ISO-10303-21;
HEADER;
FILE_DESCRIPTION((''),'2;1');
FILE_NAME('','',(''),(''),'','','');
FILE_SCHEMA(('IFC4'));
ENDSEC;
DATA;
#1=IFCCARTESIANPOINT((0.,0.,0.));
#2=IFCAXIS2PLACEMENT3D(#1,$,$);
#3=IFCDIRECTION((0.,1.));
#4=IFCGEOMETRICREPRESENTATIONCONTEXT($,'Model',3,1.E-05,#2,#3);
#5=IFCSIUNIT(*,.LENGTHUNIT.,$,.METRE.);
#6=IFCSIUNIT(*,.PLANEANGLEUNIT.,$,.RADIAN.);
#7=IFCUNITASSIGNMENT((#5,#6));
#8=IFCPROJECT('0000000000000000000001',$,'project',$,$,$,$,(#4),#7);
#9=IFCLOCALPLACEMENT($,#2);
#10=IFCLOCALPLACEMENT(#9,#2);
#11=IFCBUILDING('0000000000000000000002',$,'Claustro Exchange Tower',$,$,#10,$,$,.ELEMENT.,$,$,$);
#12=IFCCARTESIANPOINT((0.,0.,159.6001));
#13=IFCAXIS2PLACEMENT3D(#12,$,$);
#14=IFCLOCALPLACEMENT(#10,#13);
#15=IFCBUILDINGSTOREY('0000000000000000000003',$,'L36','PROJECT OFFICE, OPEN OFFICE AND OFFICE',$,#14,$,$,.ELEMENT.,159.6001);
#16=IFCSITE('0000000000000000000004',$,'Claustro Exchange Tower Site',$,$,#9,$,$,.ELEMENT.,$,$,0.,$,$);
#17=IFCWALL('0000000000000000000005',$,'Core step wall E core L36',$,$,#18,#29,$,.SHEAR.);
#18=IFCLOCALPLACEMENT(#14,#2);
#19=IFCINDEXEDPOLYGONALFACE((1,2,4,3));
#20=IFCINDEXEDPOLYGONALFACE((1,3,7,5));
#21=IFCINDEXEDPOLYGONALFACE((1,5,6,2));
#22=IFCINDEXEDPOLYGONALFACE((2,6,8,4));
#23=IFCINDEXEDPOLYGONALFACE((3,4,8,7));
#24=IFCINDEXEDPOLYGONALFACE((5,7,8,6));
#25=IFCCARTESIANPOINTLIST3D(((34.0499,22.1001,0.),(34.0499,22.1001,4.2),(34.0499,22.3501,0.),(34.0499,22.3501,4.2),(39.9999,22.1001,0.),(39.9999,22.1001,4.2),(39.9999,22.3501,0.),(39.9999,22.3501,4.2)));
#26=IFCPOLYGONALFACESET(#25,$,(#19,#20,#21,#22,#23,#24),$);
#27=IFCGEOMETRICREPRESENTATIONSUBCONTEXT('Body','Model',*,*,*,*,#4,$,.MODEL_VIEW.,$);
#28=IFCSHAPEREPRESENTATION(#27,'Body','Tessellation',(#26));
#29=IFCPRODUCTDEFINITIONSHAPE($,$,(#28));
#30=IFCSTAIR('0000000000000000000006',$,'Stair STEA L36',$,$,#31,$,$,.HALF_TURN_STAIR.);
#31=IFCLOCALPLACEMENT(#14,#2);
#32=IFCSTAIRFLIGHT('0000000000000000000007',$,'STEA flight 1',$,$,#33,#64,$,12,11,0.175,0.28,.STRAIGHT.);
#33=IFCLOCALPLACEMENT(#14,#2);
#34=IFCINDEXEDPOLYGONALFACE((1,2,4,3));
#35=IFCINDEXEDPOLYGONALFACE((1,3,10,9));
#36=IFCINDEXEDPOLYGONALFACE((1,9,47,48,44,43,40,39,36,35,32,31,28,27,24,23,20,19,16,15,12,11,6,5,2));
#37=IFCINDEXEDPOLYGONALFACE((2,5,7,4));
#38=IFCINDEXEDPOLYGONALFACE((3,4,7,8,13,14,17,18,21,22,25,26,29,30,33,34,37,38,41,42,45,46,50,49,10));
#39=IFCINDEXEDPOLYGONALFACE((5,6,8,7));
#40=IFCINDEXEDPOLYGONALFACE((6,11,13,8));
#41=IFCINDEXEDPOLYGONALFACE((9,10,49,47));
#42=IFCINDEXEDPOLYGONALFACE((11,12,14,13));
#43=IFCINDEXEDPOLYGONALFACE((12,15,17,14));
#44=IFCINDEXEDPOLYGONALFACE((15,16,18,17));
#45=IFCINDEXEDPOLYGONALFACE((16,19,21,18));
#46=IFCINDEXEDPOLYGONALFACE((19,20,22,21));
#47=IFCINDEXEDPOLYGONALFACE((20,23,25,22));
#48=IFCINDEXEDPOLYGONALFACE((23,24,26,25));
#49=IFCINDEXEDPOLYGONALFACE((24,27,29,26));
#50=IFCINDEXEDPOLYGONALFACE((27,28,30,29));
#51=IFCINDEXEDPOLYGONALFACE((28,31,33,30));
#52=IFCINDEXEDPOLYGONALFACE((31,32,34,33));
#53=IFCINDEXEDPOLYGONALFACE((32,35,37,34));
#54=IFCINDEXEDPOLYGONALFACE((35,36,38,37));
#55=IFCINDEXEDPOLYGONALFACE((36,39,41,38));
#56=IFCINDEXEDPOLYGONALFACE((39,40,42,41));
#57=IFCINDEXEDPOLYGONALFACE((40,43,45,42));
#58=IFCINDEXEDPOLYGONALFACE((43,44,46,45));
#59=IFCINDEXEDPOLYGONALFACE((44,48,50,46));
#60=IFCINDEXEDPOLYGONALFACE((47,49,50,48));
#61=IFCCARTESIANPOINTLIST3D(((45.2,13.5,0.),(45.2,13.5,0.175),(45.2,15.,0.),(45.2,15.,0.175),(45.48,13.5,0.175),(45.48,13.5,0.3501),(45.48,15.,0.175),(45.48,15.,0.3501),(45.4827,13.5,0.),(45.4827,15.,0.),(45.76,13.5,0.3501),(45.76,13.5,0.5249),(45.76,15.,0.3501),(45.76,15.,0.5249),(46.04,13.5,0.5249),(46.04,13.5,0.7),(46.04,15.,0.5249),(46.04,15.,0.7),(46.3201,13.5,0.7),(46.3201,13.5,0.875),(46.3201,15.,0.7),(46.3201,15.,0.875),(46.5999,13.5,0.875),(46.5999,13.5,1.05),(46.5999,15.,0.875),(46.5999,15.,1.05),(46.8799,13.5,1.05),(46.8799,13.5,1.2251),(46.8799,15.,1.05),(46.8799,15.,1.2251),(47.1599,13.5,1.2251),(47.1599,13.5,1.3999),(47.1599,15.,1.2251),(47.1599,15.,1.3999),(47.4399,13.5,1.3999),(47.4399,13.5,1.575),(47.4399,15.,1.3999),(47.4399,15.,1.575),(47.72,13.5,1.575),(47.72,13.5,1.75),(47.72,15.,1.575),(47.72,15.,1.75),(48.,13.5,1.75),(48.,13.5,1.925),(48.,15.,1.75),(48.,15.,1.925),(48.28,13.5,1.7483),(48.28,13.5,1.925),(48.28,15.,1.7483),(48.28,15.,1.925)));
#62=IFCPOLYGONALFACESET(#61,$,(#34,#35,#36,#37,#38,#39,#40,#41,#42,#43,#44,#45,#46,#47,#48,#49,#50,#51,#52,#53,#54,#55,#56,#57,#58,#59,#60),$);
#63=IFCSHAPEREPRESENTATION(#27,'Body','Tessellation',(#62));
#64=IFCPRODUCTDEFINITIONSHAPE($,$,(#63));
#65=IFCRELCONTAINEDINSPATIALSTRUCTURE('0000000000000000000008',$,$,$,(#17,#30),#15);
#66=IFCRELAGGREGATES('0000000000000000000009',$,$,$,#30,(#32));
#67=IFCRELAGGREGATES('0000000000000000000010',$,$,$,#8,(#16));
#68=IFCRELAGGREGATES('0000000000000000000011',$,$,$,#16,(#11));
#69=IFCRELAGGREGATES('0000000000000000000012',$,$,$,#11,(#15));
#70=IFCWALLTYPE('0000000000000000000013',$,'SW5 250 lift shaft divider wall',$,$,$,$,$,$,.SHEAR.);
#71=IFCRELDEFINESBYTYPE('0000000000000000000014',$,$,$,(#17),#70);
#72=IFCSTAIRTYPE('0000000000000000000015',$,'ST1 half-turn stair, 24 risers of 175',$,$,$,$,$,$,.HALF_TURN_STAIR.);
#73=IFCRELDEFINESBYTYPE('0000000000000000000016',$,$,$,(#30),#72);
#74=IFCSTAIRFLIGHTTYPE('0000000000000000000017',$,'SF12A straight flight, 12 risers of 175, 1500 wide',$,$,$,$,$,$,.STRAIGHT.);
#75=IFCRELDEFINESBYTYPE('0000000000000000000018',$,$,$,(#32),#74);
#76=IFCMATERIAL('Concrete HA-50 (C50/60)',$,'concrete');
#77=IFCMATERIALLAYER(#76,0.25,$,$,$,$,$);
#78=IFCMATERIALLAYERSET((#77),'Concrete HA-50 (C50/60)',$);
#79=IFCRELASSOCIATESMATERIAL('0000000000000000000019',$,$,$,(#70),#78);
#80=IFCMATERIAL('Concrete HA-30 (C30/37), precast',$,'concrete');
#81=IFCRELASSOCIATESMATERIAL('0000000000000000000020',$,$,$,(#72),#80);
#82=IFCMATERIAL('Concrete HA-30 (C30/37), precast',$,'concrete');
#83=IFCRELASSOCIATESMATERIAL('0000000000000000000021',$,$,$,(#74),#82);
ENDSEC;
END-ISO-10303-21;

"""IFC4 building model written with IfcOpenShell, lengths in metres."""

from ifc_helpers import new_model, si_unit, direction, frame, frame_2d, origin, place, context, subcontext, project, spatial, polyline, rectangle, outline, extrude, material, layer, layer_set, type_object, element, aggregate, save


model = new_model("IFC4")

# Units and contexts
model_context = context("Model", 3, precision=1e-05, world=origin(), true_north=direction((0.0, 1.0)))
body_context = subcontext(model_context, "Body", "Model", "MODEL_VIEW")
ifc_project = project(units=[si_unit("LENGTHUNIT", "METRE"), si_unit("PLANEANGLEUNIT", "RADIAN")], contexts=[model_context])

# Site, building, storey
site_placement = place(None, origin())
site = spatial("IfcSite", under=ifc_project, at=site_placement, Name="Claustro Exchange Tower Site", CompositionType="ELEMENT", RefElevation=0.0)
building_placement = place(site_placement, origin())
building = spatial("IfcBuilding", under=site, at=building_placement, Name="Claustro Exchange Tower", CompositionType="ELEMENT")
storey_placement = place(building_placement, frame((0.0, 0.0, 159.6001)))
storey = spatial("IfcBuildingStorey", under=building, at=storey_placement, Name="L36", Description="PROJECT OFFICE, OPEN OFFICE AND OFFICE", CompositionType="ELEMENT", Elevation=159.6001)

# Wall
ifc_material_1 = material(Name="Concrete HA-50 (C50/60)", Category="concrete")
ifc_layer_1 = layer(ifc_material_1, 0.25)
ifc_layer_set_1 = layer_set([ifc_layer_1], Name="Concrete HA-50 (C50/60)")
wall_type_1 = type_object("IfcWallType", Name="SW5 250 lift shaft divider wall", PredefinedType="SHEAR", material=ifc_layer_set_1)
wall_1_placement = place(storey_placement, frame((40.0, 22.2251, 0.0), z_axis=(0.0, 0.0, 1.0), x_axis=(-1.0, 0.0, 0.0)))
element("IfcWall", 1, at=wall_1_placement, inside=storey, type_object=wall_type_1, Name="Core step wall E core L36", PredefinedType="SHEAR", context=body_context, shape_type="SweptSolid", body=[
    extrude(rectangle(XDim=5.95, YDim=0.25, at=frame_2d((2.9751, 0.0))), origin(), (0.0, 0.0, 1.0), 4.2),
])

# Stair, stair flight
ifc_material_2 = material(Name="Concrete HA-30 (C30/37), precast", Category="concrete")
stair_type = type_object("IfcStairType", Name="ST1 half-turn stair, 24 risers of 175", PredefinedType="HALF_TURN_STAIR", material=ifc_material_2)
stair_placement = place(storey_placement, origin())
stair = element("IfcStair", 2, at=stair_placement, inside=storey, type_object=stair_type, Name="Stair STEA L36", PredefinedType="HALF_TURN_STAIR")
ifc_material_3 = material(Name="Concrete HA-30 (C30/37), precast", Category="concrete")
stair_flight_type = type_object("IfcStairFlightType", Name="SF12A straight flight, 12 risers of 175, 1500 wide", PredefinedType="STRAIGHT", material=ifc_material_3)
stair_flight_placement = place(storey_placement, frame((45.2, 14.25, 0.0), z_axis=(0.0, 0.0, 1.0), x_axis=(1.0, 0.0, 0.0)))
stair_flight = element("IfcStairFlight", 3, at=stair_flight_placement, type_object=stair_flight_type, Name="STEA flight 1", NumberOfRisers=12, NumberOfTreads=11, PredefinedType="STRAIGHT", RiserHeight=0.175, TreadLength=0.28, context=body_context, shape_type="SweptSolid", body=[
    extrude(outline(polyline([(0.0, 0.0), (0.0, 0.175), (0.28, 0.175), (0.28, 0.3501), (0.5601, 0.3501), (0.5601, 0.5249), (0.8401, 0.5249), (0.8401, 0.7), (1.1201, 0.7), (1.1201, 0.875), (1.3999, 0.875), (1.3999, 1.05), (1.6799, 1.05), (1.6799, 1.2251), (1.96, 1.2251), (1.96, 1.3999), (2.24, 1.3999), (2.24, 1.575), (2.52, 1.575), (2.52, 1.75), (2.8, 1.75), (2.8, 1.925), (3.0801, 1.925), (3.0801, 2.1001), (3.0801, 1.7483), (0.2827, 0.0), (0.0, 0.0)])), frame((0.0, 0.75, 0.0), z_axis=(0.0, -1.0, 0.0), x_axis=(1.0, 0.0, 0.0)), (0.0, 0.0, 1.0), 1.5),
])
aggregate(stair, [stair_flight])

save(model, "model.ifc")
